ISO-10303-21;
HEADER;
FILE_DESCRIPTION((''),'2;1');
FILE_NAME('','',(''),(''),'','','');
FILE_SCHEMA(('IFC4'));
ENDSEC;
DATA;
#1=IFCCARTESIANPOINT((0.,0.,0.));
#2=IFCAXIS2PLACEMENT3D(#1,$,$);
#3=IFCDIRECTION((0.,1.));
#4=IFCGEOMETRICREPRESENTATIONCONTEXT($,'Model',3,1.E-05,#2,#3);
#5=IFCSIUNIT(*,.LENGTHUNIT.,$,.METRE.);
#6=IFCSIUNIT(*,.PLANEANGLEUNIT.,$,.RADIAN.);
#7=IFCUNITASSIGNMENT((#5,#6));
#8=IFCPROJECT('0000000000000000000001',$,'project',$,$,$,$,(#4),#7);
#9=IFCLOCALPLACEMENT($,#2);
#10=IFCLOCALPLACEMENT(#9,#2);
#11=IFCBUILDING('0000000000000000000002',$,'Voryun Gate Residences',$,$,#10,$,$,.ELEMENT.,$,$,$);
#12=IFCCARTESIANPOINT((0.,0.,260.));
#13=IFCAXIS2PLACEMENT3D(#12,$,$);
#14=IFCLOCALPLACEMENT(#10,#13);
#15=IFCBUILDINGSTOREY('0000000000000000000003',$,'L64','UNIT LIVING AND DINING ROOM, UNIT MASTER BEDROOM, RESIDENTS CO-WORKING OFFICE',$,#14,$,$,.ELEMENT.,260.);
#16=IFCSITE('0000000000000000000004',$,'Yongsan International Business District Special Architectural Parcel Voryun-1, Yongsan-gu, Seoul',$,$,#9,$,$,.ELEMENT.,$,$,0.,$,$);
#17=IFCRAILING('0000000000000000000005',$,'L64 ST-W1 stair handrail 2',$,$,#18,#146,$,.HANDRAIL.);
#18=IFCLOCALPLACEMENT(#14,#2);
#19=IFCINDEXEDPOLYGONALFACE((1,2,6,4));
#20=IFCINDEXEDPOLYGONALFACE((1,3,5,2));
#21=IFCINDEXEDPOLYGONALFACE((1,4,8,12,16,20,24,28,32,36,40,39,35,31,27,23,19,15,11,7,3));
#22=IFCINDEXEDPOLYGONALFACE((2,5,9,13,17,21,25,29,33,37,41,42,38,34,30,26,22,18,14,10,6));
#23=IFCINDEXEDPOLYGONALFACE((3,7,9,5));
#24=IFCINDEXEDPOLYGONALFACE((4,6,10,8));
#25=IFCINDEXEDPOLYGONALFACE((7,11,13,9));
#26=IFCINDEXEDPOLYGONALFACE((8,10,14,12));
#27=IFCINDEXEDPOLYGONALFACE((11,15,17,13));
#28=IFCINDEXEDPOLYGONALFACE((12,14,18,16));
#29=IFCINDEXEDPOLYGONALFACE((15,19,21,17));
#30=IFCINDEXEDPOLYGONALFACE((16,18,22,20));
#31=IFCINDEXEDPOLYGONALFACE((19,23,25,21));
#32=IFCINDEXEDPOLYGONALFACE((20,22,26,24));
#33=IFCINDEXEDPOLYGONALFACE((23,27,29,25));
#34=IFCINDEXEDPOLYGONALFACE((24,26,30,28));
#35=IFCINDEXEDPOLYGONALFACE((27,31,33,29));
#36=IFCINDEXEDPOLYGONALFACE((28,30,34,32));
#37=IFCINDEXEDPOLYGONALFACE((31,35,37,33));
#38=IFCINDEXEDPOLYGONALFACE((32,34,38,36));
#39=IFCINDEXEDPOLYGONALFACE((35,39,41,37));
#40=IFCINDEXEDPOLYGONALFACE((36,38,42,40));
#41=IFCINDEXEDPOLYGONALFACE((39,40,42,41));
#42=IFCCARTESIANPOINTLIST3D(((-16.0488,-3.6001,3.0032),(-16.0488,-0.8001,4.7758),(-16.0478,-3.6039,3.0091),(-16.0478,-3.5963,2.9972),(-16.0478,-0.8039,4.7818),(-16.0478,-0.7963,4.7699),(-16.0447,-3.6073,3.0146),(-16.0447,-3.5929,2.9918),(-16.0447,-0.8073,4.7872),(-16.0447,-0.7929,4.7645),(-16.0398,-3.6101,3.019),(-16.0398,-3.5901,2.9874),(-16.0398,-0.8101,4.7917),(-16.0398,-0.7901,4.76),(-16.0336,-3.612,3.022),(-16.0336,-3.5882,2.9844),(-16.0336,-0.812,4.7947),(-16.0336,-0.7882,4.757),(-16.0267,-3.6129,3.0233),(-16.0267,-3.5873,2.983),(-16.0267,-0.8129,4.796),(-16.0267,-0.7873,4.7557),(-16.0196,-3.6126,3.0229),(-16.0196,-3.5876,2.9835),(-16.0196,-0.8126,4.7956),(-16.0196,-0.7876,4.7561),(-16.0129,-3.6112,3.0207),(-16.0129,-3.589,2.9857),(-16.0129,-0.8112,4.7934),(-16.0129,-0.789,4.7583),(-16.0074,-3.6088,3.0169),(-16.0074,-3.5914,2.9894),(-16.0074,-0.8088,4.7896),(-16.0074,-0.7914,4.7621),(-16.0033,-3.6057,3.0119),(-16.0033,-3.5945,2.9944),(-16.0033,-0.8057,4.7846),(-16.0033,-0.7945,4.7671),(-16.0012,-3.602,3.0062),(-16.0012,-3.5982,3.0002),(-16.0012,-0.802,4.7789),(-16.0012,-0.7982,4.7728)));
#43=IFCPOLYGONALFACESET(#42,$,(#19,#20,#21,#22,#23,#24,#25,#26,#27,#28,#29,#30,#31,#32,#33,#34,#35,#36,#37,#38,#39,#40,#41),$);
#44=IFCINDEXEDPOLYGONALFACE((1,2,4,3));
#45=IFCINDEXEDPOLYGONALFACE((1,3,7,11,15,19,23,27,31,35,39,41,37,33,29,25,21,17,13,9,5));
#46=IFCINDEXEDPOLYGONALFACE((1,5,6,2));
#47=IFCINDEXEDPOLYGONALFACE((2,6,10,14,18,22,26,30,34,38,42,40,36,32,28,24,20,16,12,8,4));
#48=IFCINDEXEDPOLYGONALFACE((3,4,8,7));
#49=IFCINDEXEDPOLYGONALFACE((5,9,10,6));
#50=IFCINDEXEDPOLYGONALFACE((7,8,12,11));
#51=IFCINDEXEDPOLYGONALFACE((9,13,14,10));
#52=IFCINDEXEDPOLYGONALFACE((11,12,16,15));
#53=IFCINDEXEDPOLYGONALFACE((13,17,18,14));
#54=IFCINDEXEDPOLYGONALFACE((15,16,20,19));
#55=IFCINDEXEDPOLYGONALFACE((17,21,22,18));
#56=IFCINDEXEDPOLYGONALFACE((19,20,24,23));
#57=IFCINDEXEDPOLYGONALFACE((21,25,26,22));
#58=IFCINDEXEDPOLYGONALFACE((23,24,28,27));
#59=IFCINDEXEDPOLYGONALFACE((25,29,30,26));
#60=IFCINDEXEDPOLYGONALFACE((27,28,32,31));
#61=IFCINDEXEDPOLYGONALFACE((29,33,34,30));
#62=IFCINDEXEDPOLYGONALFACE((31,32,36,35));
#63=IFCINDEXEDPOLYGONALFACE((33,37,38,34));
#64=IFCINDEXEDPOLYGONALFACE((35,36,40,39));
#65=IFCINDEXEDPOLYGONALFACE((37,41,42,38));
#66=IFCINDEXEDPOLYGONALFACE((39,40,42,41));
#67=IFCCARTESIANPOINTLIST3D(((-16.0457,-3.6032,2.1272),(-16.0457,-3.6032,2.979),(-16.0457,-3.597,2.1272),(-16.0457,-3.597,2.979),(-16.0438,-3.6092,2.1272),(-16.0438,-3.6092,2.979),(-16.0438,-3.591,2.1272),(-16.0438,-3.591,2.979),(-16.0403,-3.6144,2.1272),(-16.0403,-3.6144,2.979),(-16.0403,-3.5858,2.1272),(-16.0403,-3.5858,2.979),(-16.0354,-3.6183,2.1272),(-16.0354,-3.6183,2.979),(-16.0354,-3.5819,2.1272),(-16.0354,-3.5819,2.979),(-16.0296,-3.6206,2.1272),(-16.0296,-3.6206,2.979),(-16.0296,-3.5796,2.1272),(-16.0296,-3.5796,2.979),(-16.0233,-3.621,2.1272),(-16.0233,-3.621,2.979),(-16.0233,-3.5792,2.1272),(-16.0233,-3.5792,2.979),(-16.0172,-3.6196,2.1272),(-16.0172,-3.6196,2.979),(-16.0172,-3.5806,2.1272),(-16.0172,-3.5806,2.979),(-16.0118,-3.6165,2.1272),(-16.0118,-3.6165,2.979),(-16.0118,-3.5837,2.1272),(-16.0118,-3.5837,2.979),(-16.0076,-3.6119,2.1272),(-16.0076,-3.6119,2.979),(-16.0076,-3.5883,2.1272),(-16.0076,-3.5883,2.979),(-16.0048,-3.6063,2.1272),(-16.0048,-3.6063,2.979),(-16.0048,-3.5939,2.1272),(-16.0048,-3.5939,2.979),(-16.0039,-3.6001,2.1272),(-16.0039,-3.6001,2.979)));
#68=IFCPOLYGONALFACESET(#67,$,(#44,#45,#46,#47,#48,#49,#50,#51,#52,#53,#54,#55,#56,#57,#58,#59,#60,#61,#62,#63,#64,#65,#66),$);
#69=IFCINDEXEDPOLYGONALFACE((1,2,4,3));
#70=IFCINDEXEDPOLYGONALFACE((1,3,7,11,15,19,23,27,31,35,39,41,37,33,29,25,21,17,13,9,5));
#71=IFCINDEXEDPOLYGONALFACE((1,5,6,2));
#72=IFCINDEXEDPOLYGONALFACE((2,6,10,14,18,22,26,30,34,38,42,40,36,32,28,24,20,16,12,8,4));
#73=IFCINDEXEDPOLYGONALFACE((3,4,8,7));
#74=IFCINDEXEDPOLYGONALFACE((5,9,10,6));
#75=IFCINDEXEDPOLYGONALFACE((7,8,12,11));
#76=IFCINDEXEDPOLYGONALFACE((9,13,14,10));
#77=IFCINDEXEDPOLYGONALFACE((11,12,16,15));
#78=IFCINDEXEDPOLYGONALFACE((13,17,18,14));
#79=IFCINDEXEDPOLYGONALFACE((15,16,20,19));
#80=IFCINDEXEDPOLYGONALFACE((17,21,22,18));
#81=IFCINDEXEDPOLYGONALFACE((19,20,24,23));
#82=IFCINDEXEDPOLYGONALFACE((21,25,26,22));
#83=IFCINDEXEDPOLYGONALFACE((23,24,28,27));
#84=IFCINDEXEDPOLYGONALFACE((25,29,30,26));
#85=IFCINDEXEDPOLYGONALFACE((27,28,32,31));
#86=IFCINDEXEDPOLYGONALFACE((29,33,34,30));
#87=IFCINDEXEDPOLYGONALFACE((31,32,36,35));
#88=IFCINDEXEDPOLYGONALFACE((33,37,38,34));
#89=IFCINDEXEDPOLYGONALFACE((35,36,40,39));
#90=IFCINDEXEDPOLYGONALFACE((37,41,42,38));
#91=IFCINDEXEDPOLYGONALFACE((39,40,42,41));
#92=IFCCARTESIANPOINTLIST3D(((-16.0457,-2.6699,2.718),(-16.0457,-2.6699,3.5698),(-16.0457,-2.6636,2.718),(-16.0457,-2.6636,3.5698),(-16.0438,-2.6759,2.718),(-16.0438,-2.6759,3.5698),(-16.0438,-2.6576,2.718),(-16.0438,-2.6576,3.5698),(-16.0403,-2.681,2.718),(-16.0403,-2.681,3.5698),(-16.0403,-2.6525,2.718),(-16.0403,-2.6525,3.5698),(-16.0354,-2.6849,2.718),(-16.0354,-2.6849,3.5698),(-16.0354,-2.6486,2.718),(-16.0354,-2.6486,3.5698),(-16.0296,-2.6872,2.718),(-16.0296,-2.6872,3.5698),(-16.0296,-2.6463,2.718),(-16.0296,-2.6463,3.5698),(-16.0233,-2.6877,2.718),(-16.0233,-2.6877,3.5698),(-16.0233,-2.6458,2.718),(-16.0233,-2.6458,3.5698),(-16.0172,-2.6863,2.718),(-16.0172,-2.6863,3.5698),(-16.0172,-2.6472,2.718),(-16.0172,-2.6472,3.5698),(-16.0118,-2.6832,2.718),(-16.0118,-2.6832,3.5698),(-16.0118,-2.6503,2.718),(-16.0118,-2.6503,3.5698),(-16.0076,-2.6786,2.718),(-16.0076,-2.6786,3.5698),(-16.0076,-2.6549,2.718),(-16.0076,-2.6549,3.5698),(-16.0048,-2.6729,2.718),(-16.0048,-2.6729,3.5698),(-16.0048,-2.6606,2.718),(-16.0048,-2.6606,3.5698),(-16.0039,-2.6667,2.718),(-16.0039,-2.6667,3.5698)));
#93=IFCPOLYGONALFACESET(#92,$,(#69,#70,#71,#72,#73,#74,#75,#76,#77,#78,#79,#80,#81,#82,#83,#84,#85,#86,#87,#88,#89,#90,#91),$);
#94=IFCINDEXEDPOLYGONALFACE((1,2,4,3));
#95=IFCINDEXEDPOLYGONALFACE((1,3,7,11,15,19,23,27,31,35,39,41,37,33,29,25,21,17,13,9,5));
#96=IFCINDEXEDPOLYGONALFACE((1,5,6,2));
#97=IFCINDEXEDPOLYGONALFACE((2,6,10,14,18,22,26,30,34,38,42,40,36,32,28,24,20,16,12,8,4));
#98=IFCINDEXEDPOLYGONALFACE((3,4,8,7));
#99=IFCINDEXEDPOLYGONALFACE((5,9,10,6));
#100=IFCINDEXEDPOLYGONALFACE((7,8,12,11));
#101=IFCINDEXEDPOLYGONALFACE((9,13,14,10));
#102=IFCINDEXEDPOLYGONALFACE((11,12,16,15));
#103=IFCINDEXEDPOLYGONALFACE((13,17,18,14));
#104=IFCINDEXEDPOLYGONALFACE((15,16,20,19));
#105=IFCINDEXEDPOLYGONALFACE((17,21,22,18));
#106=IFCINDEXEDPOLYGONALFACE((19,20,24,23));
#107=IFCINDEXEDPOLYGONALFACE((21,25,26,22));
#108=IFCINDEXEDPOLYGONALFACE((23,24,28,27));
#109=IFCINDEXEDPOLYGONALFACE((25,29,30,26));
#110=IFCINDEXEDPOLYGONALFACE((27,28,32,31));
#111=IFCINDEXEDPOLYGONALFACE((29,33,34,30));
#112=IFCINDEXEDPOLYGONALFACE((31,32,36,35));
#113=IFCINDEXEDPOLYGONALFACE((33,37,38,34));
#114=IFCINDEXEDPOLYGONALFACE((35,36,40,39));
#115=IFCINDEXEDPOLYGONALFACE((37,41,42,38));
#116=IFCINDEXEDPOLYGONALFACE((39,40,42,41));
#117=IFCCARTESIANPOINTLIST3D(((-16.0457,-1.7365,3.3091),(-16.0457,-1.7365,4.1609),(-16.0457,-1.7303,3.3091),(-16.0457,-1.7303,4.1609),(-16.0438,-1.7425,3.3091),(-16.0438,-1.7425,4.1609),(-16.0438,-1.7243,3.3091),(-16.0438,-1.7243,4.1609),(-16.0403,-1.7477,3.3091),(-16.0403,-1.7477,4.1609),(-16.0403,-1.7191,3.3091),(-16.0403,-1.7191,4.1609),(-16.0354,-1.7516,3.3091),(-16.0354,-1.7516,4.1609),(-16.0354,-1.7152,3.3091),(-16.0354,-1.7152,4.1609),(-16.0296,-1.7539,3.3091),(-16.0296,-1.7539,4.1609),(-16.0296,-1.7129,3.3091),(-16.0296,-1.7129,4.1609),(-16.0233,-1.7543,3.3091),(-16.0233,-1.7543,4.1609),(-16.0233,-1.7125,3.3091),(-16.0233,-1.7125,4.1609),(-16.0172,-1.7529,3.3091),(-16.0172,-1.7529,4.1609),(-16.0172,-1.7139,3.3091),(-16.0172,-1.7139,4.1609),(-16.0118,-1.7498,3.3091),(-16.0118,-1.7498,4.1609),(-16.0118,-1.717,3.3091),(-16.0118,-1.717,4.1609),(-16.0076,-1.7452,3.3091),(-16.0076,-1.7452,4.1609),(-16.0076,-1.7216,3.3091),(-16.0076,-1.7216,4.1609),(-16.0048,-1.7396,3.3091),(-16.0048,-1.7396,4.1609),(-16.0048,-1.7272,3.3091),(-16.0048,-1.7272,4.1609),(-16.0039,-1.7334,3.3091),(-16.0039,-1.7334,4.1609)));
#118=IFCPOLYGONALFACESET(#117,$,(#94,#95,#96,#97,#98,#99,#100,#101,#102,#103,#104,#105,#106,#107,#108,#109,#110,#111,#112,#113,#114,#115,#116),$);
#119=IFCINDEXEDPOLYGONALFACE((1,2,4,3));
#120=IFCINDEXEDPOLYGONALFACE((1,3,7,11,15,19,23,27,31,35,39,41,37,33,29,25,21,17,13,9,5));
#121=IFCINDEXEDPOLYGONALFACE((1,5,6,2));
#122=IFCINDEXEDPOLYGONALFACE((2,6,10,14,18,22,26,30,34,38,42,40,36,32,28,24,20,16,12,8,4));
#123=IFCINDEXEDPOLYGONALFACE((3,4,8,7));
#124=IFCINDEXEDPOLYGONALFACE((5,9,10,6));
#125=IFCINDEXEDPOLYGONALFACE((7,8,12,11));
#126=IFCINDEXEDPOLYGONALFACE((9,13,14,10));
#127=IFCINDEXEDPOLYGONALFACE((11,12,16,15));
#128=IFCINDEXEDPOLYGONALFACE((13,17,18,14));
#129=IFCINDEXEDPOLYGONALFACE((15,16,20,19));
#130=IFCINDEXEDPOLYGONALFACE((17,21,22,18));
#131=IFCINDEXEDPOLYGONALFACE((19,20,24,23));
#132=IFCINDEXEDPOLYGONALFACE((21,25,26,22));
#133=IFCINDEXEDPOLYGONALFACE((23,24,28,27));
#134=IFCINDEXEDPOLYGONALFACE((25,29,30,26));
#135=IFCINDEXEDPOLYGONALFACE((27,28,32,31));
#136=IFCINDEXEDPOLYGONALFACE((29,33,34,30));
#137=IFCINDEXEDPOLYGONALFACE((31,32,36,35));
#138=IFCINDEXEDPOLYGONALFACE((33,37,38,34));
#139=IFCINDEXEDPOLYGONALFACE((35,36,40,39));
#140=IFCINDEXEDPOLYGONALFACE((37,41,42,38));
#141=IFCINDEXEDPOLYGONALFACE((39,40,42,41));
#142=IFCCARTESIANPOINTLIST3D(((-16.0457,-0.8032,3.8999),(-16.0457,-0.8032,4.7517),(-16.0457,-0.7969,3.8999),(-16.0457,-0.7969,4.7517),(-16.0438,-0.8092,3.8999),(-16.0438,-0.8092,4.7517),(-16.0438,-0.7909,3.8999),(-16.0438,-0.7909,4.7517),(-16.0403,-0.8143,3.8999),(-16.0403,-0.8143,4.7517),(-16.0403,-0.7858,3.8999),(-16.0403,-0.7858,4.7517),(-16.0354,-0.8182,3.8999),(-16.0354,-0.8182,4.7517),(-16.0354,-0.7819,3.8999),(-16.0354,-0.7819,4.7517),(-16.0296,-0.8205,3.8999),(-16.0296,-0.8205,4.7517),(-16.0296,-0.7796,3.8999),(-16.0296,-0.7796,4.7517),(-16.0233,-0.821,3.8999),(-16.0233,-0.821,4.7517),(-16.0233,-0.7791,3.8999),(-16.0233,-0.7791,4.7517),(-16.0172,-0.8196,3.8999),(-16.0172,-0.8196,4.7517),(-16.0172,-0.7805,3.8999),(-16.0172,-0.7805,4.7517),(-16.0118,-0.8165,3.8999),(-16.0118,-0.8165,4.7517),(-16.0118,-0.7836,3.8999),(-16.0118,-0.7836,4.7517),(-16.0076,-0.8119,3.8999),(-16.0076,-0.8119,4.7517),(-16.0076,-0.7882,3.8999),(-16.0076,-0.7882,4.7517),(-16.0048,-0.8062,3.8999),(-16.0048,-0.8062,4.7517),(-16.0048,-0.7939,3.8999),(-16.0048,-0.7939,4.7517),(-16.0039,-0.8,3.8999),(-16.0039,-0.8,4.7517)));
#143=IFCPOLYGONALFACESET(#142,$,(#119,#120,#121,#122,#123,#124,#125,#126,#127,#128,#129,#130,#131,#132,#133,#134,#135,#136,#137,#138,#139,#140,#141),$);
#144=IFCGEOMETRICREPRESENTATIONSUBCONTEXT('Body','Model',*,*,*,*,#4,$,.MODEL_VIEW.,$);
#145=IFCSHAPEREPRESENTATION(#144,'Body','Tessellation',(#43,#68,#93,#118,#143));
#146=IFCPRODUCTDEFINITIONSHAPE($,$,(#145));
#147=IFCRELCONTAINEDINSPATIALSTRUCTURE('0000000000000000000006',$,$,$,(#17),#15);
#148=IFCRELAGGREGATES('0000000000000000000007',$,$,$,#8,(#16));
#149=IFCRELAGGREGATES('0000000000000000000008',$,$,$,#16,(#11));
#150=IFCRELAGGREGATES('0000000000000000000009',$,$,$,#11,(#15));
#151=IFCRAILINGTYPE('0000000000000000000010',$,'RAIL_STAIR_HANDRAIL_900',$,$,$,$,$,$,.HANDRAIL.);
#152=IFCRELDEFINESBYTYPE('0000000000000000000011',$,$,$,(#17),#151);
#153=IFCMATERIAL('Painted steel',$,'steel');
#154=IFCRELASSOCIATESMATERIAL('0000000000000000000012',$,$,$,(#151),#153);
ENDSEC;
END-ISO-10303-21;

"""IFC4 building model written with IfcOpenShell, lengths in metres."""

from ifc_helpers import new_model, si_unit, direction, frame, origin, origin_2d, place, context, subcontext, project, spatial, circle, extrude, material, type_object, element, save


model = new_model("IFC4")

# Units and contexts
model_context = context("Model", 3, precision=1e-05, world=origin(), true_north=direction((0.0, 1.0)))
body_context = subcontext(model_context, "Body", "Model", "MODEL_VIEW")
ifc_project = project(units=[si_unit("LENGTHUNIT", "METRE"), si_unit("PLANEANGLEUNIT", "RADIAN")], contexts=[model_context])

# Site, building, storey
site_placement = place(None, origin())
site = spatial("IfcSite", under=ifc_project, at=site_placement, Name="Yongsan International Business District Special Architectural Parcel Voryun-1, Yongsan-gu, Seoul", CompositionType="ELEMENT", RefElevation=0.0)
building_placement = place(site_placement, origin())
building = spatial("IfcBuilding", under=site, at=building_placement, Name="Voryun Gate Residences", CompositionType="ELEMENT")
storey_placement = place(building_placement, frame((0.0, 0.0, 260.0)))
storey = spatial("IfcBuildingStorey", under=building, at=storey_placement, Name="L64", Description="UNIT LIVING AND DINING ROOM, UNIT MASTER BEDROOM, RESIDENTS CO-WORKING OFFICE", CompositionType="ELEMENT", Elevation=260.0)

# Railing
ifc_material_1 = material(Name="Painted steel", Category="steel")
railing_type_1 = type_object("IfcRailingType", Name="RAIL_STAIR_HANDRAIL_900", PredefinedType="HANDRAIL", material=ifc_material_1)
railing_1_placement = place(storey_placement, frame((-16.0249, -3.6001, 2.1272)))
element("IfcRailing", 1, at=railing_1_placement, inside=storey, type_object=railing_type_1, Name="L64 ST-W1 stair handrail 2", PredefinedType="HANDRAIL", context=body_context, shape_type="SweptSolid", body=[
    extrude(circle(Radius=0.0239, at=origin_2d()), frame((0.0, 0.0, 0.876), z_axis=(0.0, 0.844909, 0.53491), x_axis=(-1.0, 0.0, 0.0)), (0.0, 0.0, 1.0), 3.314),
    extrude(circle(Radius=0.021, at=origin_2d()), origin(), (0.0, 0.0, 1.0), 0.8518),
    extrude(circle(Radius=0.021, at=origin_2d()), frame((0.0, 0.9333, 0.5908)), (0.0, 0.0, 1.0), 0.8518),
    extrude(circle(Radius=0.021, at=origin_2d()), frame((0.0, 1.8667, 1.1819)), (0.0, 0.0, 1.0), 0.8518),
    extrude(circle(Radius=0.021, at=origin_2d()), frame((0.0, 2.8, 1.7727)), (0.0, 0.0, 1.0), 0.8518),
])

save(model, "model.ifc")
